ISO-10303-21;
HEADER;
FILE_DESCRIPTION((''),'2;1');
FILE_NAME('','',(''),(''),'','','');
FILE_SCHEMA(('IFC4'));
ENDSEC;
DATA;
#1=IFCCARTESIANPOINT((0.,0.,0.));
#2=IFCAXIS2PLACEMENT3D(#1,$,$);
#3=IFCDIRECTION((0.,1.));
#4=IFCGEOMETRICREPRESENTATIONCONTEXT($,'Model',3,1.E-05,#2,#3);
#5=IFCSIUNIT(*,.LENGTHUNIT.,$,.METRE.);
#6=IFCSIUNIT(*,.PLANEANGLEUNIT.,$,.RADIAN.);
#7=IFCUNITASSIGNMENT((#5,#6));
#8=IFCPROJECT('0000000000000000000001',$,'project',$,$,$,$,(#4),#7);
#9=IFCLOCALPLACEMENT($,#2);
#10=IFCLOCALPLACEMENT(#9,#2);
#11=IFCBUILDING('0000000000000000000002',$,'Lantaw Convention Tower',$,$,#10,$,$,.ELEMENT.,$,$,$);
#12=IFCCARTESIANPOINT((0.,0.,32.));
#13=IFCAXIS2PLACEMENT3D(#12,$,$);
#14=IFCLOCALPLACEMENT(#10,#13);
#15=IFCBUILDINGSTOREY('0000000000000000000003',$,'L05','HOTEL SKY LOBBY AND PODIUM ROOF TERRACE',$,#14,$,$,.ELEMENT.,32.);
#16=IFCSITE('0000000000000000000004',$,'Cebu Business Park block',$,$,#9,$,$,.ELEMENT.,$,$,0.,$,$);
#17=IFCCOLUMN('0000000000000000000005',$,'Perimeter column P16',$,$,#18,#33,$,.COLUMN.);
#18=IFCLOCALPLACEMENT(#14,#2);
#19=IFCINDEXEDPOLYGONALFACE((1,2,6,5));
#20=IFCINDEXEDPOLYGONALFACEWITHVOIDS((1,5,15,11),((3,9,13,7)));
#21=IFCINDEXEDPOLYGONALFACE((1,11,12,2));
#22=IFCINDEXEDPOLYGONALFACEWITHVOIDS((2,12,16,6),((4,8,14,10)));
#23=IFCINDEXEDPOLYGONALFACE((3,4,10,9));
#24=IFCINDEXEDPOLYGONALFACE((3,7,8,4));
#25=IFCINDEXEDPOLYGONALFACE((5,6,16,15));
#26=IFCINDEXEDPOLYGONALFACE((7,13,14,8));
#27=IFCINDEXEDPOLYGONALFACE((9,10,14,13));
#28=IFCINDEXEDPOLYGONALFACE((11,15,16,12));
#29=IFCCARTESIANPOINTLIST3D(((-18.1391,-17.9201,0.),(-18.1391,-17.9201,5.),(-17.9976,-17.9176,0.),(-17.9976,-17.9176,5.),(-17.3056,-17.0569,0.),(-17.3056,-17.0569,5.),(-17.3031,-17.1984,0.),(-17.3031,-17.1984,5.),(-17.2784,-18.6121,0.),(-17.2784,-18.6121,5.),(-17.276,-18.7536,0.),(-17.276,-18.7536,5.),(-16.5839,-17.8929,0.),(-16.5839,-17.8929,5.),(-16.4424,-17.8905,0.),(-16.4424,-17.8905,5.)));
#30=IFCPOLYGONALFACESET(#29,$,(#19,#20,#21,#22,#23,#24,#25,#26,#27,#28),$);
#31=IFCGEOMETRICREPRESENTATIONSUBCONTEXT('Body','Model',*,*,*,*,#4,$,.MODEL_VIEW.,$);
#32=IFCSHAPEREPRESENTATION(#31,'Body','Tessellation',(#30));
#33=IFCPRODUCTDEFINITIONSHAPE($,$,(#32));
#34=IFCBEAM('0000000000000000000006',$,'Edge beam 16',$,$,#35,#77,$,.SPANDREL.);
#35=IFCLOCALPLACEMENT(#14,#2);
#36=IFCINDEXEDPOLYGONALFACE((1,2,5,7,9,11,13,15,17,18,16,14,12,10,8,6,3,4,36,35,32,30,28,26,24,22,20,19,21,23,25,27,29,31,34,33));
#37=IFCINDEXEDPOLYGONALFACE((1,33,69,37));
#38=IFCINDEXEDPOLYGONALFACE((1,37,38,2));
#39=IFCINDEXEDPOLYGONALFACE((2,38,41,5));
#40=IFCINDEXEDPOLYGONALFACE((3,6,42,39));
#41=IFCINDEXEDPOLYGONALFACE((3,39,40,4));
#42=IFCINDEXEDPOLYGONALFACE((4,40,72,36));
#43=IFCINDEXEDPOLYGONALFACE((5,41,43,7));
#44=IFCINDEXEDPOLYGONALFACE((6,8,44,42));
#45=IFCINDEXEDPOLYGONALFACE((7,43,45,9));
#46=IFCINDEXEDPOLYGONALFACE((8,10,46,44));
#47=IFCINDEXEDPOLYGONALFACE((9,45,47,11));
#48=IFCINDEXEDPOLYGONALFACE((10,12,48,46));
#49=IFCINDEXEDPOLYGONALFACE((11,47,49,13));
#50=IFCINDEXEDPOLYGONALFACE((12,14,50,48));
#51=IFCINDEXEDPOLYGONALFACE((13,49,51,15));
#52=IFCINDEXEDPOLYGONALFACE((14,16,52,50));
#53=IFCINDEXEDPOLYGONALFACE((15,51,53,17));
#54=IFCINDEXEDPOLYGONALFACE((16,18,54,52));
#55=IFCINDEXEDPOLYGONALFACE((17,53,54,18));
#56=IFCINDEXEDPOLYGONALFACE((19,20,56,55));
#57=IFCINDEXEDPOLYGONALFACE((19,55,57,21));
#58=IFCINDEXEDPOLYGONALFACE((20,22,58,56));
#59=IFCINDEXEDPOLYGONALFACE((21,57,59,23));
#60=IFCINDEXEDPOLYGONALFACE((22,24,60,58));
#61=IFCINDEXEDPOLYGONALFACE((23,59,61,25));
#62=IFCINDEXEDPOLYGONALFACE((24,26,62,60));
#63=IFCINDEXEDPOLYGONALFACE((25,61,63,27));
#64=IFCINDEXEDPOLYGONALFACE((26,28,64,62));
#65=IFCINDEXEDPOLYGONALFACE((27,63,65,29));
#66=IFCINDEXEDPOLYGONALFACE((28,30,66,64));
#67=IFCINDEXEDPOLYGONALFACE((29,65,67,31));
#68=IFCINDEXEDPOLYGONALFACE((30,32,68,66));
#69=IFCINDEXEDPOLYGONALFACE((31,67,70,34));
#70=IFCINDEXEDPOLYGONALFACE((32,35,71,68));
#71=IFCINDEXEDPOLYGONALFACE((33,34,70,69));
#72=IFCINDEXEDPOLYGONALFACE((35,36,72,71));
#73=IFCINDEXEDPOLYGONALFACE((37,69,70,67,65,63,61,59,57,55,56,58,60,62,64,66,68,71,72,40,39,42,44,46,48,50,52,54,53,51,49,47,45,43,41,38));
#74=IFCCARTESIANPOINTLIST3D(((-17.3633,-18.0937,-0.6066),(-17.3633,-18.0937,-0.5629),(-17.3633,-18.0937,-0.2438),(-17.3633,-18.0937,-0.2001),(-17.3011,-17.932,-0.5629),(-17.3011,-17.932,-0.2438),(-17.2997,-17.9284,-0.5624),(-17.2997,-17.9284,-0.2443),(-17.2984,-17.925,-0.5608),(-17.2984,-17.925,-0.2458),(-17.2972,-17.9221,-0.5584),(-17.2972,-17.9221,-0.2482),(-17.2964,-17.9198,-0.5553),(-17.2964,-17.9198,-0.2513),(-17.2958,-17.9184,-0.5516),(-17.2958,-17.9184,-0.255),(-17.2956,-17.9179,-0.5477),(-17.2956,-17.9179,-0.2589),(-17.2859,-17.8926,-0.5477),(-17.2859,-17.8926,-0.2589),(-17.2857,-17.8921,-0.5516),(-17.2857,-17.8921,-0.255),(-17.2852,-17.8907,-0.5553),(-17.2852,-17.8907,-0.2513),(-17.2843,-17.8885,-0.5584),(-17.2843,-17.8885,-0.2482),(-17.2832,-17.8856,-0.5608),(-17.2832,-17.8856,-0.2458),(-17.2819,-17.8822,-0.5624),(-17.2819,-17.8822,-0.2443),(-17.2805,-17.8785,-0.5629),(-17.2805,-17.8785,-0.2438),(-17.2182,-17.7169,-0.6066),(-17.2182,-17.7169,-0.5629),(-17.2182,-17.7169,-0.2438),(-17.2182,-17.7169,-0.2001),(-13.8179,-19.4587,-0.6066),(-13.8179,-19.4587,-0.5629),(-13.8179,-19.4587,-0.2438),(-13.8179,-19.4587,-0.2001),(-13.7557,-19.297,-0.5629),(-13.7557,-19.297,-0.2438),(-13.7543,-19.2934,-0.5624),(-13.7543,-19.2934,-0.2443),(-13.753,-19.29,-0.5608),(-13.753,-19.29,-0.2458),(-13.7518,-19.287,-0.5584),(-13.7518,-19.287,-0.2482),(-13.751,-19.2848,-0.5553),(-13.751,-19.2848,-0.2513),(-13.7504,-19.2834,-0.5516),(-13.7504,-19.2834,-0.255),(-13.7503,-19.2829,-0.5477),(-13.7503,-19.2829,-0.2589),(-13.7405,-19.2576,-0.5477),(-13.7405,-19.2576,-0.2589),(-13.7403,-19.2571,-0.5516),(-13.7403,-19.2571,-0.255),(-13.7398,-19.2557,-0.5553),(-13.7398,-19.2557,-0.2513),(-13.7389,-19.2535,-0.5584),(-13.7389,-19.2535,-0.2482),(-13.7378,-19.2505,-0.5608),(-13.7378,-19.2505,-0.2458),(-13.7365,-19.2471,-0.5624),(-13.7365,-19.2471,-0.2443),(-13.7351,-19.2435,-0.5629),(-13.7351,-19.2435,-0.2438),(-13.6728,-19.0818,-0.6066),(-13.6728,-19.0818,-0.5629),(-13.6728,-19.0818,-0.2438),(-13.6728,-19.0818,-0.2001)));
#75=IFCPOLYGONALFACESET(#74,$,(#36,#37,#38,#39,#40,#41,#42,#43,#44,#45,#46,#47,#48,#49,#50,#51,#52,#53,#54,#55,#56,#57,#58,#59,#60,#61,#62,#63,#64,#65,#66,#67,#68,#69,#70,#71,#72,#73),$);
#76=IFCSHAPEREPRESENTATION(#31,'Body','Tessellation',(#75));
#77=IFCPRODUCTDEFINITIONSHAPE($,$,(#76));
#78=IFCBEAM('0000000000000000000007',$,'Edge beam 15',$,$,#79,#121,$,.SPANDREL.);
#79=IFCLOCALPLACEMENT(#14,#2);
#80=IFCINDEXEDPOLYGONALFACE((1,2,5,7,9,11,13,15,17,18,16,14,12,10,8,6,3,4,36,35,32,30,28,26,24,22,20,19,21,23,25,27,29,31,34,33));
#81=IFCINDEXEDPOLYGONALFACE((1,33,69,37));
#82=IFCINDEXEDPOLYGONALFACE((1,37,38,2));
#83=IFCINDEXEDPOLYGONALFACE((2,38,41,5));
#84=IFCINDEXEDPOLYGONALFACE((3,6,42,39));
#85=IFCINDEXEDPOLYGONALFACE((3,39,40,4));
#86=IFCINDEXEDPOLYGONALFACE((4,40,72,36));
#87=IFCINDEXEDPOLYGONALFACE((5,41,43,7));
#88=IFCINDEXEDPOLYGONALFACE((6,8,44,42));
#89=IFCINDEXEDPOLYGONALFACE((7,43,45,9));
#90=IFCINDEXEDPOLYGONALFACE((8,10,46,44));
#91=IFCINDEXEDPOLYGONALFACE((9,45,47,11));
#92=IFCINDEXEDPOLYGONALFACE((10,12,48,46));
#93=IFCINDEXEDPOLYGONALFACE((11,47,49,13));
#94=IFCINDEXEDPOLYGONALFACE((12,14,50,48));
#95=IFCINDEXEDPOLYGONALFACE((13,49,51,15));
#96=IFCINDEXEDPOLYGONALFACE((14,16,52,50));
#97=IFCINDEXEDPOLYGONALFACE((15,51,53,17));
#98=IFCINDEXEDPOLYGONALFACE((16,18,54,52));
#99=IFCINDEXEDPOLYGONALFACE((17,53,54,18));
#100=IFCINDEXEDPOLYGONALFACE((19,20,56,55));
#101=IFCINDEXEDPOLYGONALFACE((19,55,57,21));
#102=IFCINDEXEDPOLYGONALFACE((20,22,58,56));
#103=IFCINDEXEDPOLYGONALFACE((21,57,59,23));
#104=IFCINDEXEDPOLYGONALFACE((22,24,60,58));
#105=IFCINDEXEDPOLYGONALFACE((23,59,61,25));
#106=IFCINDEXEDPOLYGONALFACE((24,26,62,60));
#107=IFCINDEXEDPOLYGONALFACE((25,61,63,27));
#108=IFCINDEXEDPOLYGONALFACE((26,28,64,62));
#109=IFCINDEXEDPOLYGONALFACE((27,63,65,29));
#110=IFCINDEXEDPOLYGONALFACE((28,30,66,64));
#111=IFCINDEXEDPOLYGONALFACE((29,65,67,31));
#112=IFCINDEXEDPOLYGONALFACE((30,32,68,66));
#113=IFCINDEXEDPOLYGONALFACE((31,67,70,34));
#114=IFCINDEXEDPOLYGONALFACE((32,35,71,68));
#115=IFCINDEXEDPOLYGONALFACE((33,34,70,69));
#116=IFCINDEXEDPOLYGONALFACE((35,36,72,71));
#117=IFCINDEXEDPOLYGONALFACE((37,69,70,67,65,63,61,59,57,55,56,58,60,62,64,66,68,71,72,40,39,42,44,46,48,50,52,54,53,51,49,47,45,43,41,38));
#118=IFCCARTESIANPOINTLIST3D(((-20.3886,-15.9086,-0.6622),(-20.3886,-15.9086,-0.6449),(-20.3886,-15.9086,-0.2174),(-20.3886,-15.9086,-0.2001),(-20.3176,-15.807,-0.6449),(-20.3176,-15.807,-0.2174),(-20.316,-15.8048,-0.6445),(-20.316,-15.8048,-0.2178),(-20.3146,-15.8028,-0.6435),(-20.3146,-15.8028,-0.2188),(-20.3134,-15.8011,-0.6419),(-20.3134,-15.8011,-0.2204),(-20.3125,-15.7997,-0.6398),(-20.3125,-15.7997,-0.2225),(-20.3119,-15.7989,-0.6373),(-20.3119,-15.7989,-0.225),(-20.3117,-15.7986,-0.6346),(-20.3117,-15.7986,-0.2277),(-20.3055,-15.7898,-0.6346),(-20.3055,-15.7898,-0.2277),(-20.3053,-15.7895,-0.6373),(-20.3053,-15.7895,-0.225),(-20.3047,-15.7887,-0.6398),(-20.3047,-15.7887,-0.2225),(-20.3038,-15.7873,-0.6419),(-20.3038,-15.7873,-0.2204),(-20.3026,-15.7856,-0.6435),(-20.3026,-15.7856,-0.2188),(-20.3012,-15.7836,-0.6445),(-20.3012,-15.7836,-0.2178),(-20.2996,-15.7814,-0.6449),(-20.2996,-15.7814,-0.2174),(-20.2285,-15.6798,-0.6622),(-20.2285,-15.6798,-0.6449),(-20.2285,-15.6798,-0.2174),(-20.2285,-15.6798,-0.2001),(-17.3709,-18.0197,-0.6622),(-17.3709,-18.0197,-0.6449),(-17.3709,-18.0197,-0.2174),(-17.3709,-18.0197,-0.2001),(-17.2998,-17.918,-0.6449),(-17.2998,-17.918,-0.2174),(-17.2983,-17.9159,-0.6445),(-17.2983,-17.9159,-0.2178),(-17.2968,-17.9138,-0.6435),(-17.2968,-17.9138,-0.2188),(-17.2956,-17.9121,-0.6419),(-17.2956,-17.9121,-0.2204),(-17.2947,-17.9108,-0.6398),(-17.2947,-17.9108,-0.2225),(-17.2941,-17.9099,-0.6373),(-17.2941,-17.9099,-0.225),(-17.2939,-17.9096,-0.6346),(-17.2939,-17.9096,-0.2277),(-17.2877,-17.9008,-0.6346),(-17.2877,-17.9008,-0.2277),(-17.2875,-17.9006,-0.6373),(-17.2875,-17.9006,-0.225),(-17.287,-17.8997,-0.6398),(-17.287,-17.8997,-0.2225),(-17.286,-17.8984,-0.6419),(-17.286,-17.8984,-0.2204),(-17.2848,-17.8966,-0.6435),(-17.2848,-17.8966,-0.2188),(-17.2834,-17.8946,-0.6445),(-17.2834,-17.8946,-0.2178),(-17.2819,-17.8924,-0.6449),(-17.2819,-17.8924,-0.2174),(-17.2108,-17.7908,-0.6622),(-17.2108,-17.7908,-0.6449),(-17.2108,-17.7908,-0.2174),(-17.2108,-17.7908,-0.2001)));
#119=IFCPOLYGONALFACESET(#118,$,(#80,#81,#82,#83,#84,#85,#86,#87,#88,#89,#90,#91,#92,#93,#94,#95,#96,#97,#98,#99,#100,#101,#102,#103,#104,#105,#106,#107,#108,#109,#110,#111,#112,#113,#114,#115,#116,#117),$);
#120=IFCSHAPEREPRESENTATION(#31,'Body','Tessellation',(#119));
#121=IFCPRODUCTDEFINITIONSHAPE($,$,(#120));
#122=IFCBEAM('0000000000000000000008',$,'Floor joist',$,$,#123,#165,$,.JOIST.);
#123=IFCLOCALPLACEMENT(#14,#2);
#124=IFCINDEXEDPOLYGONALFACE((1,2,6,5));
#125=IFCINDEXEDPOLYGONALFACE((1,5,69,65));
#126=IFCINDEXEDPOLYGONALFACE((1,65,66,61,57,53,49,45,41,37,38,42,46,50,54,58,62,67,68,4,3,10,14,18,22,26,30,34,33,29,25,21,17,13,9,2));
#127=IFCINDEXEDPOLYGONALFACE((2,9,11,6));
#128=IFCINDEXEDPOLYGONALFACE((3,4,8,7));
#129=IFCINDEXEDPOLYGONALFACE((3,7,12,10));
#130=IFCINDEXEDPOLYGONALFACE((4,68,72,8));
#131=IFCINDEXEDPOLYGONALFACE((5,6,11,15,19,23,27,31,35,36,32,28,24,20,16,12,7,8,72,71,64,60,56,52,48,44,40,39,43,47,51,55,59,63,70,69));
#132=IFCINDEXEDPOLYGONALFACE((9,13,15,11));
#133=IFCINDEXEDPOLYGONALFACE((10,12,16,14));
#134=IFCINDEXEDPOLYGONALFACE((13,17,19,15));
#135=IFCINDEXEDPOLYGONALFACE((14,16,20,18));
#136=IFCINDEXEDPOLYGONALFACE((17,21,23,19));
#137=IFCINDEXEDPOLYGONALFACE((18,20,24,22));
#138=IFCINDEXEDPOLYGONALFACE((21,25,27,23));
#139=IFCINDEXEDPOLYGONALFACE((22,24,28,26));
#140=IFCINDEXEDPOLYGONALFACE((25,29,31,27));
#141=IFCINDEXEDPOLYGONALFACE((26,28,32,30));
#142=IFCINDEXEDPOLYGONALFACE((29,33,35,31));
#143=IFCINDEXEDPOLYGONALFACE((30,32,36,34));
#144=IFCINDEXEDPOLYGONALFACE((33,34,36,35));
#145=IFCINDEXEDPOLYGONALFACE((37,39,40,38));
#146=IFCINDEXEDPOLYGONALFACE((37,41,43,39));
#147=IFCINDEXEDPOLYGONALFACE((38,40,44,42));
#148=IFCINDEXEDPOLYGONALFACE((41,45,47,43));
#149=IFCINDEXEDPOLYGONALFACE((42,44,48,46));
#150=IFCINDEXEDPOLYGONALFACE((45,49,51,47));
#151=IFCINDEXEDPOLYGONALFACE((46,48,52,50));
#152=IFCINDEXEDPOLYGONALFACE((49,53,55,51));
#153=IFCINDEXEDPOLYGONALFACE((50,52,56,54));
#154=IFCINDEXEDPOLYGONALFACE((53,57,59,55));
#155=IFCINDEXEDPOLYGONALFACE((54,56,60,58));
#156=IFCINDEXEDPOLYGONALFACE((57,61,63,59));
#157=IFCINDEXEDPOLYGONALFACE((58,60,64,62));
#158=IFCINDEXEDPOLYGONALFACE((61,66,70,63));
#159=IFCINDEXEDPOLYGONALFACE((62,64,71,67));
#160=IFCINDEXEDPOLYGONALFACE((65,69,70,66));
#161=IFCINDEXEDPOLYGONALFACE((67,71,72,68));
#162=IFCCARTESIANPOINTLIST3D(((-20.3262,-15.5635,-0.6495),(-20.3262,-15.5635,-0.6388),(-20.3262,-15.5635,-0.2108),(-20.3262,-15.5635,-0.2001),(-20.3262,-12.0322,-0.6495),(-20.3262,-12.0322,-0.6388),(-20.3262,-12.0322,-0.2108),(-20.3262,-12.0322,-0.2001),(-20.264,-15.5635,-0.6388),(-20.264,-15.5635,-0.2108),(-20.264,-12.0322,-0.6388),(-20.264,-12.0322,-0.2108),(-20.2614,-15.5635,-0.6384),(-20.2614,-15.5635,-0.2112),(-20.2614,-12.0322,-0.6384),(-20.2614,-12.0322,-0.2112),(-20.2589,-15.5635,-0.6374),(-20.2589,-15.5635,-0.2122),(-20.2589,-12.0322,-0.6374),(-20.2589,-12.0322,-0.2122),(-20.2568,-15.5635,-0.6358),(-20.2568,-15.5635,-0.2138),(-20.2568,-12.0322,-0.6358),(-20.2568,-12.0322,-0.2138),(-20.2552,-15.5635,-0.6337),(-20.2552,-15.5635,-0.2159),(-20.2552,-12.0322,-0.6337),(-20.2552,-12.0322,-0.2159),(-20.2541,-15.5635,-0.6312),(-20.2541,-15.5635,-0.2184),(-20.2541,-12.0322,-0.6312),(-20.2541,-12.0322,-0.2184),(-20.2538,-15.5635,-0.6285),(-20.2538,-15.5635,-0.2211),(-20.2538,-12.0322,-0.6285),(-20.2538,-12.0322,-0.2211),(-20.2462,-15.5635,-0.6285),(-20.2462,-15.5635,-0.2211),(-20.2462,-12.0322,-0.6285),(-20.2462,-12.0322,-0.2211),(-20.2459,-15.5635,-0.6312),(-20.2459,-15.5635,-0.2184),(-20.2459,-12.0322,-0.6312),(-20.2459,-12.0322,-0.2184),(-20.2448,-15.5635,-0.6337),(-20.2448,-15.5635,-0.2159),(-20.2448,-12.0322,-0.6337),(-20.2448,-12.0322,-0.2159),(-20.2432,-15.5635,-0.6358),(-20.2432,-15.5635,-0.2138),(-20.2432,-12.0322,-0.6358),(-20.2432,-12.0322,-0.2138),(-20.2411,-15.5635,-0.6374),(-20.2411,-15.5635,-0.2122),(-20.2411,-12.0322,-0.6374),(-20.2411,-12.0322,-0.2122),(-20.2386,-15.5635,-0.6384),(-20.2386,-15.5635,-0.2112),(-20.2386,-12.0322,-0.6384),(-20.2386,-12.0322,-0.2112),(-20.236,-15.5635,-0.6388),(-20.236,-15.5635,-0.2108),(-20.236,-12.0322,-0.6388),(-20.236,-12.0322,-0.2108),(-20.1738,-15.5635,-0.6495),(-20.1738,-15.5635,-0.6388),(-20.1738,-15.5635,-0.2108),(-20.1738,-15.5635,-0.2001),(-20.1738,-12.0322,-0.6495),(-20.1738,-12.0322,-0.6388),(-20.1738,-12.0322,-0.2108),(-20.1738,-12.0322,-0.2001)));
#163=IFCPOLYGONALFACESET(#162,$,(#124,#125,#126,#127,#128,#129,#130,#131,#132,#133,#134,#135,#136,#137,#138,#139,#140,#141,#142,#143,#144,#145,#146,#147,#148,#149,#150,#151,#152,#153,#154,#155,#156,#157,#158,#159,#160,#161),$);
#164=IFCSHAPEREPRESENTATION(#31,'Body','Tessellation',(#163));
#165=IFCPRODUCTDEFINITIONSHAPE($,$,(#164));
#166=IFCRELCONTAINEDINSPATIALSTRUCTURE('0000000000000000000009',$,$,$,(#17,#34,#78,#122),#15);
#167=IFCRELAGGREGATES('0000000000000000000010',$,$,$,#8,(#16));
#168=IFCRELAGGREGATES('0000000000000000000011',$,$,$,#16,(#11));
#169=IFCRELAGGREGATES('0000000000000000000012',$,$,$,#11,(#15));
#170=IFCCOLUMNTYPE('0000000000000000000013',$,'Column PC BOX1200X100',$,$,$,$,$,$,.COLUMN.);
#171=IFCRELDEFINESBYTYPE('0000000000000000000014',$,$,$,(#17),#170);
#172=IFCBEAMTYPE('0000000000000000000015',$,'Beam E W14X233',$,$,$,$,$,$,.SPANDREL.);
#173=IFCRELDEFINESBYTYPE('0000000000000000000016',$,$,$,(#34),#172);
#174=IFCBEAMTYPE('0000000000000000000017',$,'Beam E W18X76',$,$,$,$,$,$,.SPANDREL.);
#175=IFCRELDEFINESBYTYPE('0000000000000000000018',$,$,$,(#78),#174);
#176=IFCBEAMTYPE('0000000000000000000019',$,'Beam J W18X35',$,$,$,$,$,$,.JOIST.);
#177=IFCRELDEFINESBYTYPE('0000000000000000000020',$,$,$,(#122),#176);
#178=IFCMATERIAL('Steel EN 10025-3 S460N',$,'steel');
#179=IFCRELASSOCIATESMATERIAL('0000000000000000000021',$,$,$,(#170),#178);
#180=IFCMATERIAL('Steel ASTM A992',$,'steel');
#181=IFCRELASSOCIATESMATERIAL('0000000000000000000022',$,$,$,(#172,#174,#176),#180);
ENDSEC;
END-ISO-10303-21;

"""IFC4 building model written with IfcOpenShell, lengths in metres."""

from ifc_helpers import new_model, si_unit, direction, frame, origin, origin_2d, place, context, subcontext, project, spatial, rectangle, hollow_rectangle, i_section, extrude, material, material_profile, profile_set, type_object, element, save


model = new_model("IFC4")

# Units and contexts
model_context = context("Model", 3, precision=1e-05, world=origin(), true_north=direction((0.0, 1.0)))
body_context = subcontext(model_context, "Body", "Model", "MODEL_VIEW")
ifc_project = project(units=[si_unit("LENGTHUNIT", "METRE"), si_unit("PLANEANGLEUNIT", "RADIAN")], contexts=[model_context])

# Site, building, storey
site_placement = place(None, origin())
site = spatial("IfcSite", under=ifc_project, at=site_placement, Name="Cebu Business Park block", CompositionType="ELEMENT", RefElevation=0.0)
building_placement = place(site_placement, origin())
building = spatial("IfcBuilding", under=site, at=building_placement, Name="Lantaw Convention Tower", CompositionType="ELEMENT")
storey_placement = place(building_placement, frame((0.0, 0.0, 32.0)))
storey = spatial("IfcBuildingStorey", under=building, at=storey_placement, Name="L05", Description="HOTEL SKY LOBBY AND PODIUM ROOF TERRACE", CompositionType="ELEMENT", Elevation=32.0)

# Column
ifc_material_1 = material(Name="Steel EN 10025-3 S460N", Category="steel")
ifc_material_profile_1 = material_profile(ifc_material_1, hollow_rectangle(XDim=1.2, YDim=1.2, WallThickness=0.1001, at=origin_2d()), Name="BOX1200X100")
ifc_material_2 = material(Name="Concrete C60/75", Category="concrete")
ifc_material_profile_2 = material_profile(ifc_material_2, rectangle(XDim=1.0, YDim=1.0, at=origin_2d()), Name="Concrete fill of BOX1200X100")
ifc_profile_set_1 = profile_set([ifc_material_profile_1, ifc_material_profile_2], Name="Steel EN 10025-3 S460N")
column_type = type_object("IfcColumnType", Name="Column PC BOX1200X100", PredefinedType="COLUMN", material=ifc_profile_set_1)
column_placement = place(storey_placement, frame((-17.2908, -17.9053, 0.0), z_axis=(0.0, 0.0, 1.0), x_axis=(0.694658, 0.71934, 0.0)))
element("IfcColumn", 1, at=column_placement, inside=storey, type_object=column_type, Name="Perimeter column P16", PredefinedType="COLUMN", context=body_context, shape_type="SweptSolid", body=[
    extrude(hollow_rectangle(XDim=1.2, YDim=1.2, WallThickness=0.1001, at=origin_2d()), origin(), (0.0, 0.0, 1.0), 5.0),
])

# Beams
ifc_material_3 = material(Name="Steel ASTM A992", Category="steel")
ifc_material_profile_3 = material_profile(ifc_material_3, i_section(OverallWidth=0.4038, OverallDepth=0.4065, WebThickness=0.0271, FlangeThickness=0.0437, FilletRadius=0.0151, at=origin_2d()), Name="W14X233")
ifc_profile_set_2 = profile_set([ifc_material_profile_3], Name="Steel ASTM A992")
beam_type_1 = type_object("IfcBeamType", Name="Beam E W14X233", PredefinedType="SPANDREL", material=ifc_profile_set_2)
beam_1_placement = place(storey_placement, frame((-17.2908, -17.9053, -0.4033), z_axis=(0.933225, -0.359293, 0.0), x_axis=(0.359293, 0.933225, 0.0)))
element("IfcBeam", 2, at=beam_1_placement, inside=storey, type_object=beam_type_1, Name="Edge beam 16", PredefinedType="SPANDREL", context=body_context, shape_type="SweptSolid", body=[
    extrude(i_section(OverallWidth=0.4038, OverallDepth=0.4065, WebThickness=0.0271, FlangeThickness=0.0437, FilletRadius=0.0151, at=origin_2d()), origin(), (0.0, 0.0, 1.0), 3.7991),
])
ifc_material_profile_4 = material_profile(ifc_material_3, i_section(OverallWidth=0.2793, OverallDepth=0.4622, WebThickness=0.0107, FlangeThickness=0.0173, FilletRadius=0.0103, at=origin_2d()), Name="W18X76")
ifc_profile_set_3 = profile_set([ifc_material_profile_4], Name="Steel ASTM A992")
beam_type_2 = type_object("IfcBeamType", Name="Beam E W18X76", PredefinedType="SPANDREL", material=ifc_profile_set_3)
beam_2_placement = place(storey_placement, frame((-20.3086, -15.7942, -0.4312), z_axis=(0.819409, -0.573209, 0.0), x_axis=(0.573209, 0.819409, 0.0)))
element("IfcBeam", 3, at=beam_2_placement, inside=storey, type_object=beam_type_2, Name="Edge beam 15", PredefinedType="SPANDREL", context=body_context, shape_type="SweptSolid", body=[
    extrude(i_section(OverallWidth=0.2793, OverallDepth=0.4622, WebThickness=0.0107, FlangeThickness=0.0173, FilletRadius=0.0103, at=origin_2d()), origin(), (0.0, 0.0, 1.0), 3.6829),
])
ifc_material_profile_5 = material_profile(ifc_material_3, i_section(OverallWidth=0.1523, OverallDepth=0.4495, WebThickness=0.0076, FlangeThickness=0.0107, FilletRadius=0.0103, at=origin_2d()), Name="W18X35")
ifc_profile_set_4 = profile_set([ifc_material_profile_5], Name="Steel ASTM A992")
beam_type_3 = type_object("IfcBeamType", Name="Beam J W18X35", PredefinedType="JOIST", material=ifc_profile_set_4)
beam_3_placement = place(storey_placement, frame((-20.25, -15.5635, -0.4248), z_axis=(0.0, 1.0, 0.0), x_axis=(-1.0, 0.0, 0.0)))
element("IfcBeam", 4, at=beam_3_placement, inside=storey, type_object=beam_type_3, Name="Floor joist", PredefinedType="JOIST", context=body_context, shape_type="SweptSolid", body=[
    extrude(i_section(OverallWidth=0.1523, OverallDepth=0.4495, WebThickness=0.0076, FlangeThickness=0.0107, FilletRadius=0.0103, at=origin_2d()), origin(), (0.0, 0.0, 1.0), 3.5312),
])

save(model, "model.ifc")
